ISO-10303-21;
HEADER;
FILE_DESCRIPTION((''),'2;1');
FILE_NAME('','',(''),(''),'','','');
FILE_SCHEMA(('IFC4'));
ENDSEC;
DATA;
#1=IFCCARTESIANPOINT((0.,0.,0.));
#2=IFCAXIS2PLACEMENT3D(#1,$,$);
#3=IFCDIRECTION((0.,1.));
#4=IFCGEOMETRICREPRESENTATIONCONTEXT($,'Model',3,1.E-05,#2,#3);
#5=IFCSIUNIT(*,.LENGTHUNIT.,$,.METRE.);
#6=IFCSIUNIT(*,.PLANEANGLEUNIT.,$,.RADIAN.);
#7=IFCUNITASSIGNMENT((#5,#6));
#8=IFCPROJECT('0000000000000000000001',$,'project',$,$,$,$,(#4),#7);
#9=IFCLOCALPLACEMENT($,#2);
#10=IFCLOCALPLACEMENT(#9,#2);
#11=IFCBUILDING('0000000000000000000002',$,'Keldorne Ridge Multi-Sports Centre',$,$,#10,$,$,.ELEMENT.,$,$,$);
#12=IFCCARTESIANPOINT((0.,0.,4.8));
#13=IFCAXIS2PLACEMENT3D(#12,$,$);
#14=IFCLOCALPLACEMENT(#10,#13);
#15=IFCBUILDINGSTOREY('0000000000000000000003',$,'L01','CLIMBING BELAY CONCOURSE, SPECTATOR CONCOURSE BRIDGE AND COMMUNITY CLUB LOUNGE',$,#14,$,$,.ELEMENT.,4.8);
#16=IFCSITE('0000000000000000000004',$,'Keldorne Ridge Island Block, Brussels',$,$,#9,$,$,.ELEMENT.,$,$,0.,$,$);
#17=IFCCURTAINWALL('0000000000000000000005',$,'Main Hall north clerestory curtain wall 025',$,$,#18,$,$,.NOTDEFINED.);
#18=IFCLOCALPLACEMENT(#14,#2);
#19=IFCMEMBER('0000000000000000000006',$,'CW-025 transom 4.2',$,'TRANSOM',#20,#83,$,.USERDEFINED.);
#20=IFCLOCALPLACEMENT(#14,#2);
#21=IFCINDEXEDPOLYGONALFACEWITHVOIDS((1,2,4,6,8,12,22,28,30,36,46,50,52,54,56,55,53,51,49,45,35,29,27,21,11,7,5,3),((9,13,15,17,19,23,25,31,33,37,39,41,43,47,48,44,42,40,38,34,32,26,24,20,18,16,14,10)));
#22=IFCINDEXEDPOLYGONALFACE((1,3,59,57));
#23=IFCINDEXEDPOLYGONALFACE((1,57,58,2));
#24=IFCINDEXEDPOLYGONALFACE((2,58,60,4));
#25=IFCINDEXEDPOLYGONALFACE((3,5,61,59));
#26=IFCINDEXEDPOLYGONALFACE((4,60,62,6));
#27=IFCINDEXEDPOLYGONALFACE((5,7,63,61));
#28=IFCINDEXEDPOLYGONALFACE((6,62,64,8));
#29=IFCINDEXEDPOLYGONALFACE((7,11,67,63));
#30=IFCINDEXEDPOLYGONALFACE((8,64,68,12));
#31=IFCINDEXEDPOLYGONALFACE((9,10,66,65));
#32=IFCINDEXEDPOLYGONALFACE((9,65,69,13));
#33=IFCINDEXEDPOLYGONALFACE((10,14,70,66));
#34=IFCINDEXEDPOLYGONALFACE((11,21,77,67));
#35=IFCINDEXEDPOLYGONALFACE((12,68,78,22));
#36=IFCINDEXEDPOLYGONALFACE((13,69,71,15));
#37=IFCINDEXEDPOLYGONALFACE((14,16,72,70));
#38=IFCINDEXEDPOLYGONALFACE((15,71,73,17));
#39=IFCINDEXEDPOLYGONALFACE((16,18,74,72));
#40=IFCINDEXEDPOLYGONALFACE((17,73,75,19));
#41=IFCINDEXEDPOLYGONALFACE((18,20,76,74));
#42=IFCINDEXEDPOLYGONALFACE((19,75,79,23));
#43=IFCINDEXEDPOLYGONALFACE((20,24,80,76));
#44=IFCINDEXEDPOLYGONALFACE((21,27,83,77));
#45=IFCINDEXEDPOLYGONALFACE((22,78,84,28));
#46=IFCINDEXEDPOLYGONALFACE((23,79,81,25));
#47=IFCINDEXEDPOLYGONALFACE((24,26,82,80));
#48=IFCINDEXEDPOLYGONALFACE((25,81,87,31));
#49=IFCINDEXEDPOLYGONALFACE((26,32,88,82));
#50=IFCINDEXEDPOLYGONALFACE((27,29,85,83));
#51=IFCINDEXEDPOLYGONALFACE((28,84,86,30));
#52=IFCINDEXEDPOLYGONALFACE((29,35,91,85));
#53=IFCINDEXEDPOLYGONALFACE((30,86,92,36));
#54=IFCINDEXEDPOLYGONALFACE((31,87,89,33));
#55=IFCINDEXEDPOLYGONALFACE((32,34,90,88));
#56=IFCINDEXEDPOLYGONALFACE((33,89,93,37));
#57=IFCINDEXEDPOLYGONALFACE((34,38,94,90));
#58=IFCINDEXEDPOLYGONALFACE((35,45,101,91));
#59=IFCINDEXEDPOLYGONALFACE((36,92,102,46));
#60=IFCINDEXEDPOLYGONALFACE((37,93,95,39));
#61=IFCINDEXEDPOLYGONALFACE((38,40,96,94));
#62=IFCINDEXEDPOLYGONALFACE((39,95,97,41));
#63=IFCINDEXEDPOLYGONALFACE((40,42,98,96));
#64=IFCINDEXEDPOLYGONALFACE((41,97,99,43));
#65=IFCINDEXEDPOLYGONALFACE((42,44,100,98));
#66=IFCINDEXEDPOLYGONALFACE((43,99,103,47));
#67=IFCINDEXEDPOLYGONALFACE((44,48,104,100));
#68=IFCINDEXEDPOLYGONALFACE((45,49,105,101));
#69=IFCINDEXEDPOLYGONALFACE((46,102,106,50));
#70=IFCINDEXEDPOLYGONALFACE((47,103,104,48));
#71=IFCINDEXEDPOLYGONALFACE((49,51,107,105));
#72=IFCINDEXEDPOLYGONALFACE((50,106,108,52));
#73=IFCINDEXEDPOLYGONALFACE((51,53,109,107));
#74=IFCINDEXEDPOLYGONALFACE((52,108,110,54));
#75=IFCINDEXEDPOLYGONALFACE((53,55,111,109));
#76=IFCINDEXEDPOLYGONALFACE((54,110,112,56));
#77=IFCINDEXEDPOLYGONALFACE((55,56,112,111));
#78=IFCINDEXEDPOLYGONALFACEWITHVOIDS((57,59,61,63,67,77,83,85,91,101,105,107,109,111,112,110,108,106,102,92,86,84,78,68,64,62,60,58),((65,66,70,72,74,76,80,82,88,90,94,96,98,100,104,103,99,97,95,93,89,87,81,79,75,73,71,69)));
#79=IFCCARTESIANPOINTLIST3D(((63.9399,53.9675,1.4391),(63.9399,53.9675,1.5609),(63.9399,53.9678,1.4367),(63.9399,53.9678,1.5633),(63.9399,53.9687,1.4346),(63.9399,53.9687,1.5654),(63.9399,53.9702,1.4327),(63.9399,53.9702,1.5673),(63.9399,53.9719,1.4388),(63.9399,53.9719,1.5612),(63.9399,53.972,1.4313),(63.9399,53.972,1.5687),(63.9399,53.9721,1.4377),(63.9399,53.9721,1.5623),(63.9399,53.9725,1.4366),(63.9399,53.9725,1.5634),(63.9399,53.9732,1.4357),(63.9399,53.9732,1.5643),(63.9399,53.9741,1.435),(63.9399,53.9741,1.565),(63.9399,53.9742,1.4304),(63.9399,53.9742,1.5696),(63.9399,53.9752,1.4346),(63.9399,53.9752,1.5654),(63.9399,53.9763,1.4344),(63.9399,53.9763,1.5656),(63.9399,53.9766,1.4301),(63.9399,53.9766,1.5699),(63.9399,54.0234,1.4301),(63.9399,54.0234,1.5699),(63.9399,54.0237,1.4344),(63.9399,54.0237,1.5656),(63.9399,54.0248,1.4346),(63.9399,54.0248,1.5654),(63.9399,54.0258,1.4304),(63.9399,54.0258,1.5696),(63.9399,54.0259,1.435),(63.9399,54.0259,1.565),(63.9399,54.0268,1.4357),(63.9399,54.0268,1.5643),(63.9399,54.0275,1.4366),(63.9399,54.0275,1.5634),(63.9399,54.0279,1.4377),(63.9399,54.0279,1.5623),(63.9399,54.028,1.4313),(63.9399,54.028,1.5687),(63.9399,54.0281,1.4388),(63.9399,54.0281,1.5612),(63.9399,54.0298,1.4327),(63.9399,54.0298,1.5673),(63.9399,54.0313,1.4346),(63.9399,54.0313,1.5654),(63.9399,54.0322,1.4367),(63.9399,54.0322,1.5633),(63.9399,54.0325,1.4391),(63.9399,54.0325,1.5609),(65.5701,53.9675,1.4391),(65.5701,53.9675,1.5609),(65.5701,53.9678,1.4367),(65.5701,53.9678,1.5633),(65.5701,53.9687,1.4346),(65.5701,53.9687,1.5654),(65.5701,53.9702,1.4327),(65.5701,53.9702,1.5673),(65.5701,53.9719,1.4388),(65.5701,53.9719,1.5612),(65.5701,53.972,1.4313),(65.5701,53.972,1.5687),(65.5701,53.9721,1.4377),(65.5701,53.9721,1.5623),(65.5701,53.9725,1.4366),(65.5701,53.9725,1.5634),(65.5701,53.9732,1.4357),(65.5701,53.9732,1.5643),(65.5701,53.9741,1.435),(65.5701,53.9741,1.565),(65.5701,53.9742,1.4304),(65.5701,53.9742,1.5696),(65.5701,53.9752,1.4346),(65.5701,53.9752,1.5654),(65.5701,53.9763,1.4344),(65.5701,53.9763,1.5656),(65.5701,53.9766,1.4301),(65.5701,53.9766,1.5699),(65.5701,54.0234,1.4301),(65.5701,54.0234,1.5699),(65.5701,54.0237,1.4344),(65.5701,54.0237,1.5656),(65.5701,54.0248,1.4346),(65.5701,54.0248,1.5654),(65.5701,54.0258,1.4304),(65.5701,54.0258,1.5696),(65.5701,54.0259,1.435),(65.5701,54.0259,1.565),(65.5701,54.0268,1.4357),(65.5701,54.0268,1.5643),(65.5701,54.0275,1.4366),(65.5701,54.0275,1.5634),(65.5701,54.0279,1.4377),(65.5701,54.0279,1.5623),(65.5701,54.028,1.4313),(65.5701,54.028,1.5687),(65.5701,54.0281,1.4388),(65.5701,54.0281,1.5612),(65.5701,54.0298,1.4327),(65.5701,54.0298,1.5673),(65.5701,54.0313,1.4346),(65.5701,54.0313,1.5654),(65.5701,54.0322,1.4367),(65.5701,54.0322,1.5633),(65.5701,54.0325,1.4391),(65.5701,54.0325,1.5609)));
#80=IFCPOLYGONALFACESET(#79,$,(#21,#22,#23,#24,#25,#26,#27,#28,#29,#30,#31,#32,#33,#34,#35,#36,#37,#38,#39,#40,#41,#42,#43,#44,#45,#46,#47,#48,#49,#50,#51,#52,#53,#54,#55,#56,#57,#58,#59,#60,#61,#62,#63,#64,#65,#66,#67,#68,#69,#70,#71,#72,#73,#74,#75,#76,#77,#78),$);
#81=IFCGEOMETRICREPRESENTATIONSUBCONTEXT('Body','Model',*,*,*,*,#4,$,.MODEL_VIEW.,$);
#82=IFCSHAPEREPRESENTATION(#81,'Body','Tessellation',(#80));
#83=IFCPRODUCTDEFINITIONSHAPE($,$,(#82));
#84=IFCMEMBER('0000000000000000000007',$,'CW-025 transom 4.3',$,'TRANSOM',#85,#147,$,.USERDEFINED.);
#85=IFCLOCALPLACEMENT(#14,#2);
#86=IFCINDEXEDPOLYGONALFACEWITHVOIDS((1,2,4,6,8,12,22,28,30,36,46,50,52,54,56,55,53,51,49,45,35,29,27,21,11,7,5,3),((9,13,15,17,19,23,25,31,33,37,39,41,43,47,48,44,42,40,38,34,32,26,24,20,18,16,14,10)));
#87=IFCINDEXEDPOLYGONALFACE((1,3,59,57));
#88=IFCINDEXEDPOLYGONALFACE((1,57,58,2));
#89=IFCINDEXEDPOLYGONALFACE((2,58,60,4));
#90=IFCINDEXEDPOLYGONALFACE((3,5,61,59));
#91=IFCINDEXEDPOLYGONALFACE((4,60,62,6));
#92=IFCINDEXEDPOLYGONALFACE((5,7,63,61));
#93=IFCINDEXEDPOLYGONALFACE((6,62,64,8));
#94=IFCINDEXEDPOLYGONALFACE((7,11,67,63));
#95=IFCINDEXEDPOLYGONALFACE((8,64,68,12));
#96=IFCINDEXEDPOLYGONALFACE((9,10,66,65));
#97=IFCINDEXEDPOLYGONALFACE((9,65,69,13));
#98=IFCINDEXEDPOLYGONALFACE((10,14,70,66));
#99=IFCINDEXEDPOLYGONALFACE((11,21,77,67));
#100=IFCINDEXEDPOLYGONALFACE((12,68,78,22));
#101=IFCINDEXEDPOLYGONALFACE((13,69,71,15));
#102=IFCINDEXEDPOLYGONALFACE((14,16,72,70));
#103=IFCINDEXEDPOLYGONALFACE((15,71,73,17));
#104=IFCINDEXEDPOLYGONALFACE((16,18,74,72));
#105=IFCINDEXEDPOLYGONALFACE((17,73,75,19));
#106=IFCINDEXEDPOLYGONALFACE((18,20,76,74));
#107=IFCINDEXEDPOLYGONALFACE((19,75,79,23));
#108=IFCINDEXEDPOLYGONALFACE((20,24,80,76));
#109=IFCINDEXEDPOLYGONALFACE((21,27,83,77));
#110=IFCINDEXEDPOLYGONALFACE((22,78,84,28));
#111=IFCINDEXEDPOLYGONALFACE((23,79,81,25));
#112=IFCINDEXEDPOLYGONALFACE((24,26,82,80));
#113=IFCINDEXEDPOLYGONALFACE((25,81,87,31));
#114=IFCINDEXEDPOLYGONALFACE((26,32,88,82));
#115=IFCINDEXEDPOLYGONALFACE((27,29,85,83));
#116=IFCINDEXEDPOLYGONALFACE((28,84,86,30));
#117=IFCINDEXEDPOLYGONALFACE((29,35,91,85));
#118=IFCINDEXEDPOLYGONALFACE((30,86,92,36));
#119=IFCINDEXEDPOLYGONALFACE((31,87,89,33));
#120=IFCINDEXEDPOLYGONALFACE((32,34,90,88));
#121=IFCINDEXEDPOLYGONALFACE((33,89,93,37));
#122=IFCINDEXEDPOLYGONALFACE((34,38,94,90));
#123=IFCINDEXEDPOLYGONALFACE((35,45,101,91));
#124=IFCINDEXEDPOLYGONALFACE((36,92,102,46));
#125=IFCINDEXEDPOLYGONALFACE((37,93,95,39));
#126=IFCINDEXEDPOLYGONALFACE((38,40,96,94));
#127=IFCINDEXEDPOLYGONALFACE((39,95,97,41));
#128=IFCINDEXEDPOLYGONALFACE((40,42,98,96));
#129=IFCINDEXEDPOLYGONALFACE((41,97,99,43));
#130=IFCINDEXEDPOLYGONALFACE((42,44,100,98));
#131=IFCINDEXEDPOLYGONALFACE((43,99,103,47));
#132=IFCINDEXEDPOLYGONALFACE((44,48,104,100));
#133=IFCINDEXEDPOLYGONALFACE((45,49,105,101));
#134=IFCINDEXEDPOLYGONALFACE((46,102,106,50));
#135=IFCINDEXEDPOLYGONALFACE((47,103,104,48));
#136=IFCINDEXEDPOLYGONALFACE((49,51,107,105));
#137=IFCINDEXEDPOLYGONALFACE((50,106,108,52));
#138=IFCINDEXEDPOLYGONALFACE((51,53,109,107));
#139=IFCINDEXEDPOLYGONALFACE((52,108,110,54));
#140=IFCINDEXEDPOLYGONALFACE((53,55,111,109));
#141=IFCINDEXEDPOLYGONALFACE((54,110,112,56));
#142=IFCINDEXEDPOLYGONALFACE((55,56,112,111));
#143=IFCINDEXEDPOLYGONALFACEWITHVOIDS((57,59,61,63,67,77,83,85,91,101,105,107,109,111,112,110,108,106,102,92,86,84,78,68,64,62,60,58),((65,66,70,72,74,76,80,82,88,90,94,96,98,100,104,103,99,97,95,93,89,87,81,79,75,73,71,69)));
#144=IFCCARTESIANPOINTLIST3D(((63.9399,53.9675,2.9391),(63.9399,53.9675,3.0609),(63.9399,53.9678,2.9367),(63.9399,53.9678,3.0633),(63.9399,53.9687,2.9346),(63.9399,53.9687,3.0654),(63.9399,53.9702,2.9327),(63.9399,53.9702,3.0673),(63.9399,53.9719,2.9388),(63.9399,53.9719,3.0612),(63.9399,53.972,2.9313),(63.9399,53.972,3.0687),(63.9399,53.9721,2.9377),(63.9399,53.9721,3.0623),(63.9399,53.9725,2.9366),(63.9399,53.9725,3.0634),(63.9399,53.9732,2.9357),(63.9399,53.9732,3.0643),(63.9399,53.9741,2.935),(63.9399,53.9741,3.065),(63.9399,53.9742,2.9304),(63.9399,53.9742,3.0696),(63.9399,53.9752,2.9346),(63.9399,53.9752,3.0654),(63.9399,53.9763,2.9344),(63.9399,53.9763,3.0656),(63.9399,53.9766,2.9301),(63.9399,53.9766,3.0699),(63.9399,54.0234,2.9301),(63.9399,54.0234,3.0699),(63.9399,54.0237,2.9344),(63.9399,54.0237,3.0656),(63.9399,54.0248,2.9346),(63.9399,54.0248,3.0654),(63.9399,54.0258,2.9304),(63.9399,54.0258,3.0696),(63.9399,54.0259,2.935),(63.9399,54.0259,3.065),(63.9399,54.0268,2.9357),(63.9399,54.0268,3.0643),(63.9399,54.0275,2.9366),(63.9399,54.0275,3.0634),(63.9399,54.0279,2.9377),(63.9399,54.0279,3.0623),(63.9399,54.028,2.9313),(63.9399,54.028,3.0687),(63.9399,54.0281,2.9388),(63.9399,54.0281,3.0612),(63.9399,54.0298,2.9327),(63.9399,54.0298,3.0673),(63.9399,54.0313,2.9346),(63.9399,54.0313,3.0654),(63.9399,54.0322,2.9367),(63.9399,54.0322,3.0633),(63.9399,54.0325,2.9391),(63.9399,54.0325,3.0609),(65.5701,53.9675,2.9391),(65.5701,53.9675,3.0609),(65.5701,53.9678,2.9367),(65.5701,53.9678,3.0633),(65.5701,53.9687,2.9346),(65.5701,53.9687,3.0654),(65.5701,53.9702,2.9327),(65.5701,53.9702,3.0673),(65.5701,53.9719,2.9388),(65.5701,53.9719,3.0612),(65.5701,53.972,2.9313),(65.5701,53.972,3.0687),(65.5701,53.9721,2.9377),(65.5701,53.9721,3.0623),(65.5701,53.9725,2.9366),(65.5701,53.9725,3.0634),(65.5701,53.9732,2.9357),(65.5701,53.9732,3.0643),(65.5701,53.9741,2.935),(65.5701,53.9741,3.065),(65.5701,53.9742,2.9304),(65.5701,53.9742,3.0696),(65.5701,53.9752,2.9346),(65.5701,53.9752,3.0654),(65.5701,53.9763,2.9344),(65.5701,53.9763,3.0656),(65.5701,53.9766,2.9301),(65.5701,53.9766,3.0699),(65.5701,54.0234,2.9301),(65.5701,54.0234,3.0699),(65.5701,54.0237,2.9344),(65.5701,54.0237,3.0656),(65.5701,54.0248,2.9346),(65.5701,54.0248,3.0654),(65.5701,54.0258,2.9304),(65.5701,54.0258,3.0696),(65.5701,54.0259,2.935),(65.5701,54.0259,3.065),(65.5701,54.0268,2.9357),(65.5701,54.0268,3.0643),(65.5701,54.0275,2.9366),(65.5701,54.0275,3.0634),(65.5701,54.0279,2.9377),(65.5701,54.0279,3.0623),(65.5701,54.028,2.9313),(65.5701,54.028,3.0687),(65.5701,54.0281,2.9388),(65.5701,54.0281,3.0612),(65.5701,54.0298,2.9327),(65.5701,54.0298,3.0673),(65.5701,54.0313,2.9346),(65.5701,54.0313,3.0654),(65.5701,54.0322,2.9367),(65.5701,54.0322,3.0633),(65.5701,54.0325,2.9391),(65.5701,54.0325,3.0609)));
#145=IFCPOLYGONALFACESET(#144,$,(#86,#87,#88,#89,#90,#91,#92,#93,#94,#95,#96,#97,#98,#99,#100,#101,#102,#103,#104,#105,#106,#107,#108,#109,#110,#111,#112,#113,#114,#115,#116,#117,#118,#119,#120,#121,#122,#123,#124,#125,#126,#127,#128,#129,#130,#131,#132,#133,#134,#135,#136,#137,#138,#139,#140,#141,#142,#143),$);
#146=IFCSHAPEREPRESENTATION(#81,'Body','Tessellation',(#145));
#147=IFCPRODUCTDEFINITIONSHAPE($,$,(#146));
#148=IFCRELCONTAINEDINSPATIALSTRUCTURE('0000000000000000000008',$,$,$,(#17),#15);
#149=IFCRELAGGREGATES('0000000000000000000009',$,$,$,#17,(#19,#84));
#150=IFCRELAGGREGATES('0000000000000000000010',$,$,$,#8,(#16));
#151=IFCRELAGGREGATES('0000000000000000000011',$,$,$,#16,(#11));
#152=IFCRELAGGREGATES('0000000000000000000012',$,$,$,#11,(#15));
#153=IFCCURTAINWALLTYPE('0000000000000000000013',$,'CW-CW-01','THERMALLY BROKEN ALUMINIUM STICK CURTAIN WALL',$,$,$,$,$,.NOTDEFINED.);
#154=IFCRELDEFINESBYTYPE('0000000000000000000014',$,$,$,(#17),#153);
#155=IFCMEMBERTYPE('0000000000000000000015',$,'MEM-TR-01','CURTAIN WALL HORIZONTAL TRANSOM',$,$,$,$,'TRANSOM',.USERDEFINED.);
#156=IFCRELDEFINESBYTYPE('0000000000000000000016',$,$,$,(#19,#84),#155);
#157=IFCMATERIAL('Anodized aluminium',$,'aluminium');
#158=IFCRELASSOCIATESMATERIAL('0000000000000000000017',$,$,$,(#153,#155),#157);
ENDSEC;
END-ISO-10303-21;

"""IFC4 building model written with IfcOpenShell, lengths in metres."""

from ifc_helpers import new_model, si_unit, direction, frame, origin, origin_2d, place, context, subcontext, project, spatial, hollow_rectangle, extrude, material, material_profile, profile_set, type_object, element, aggregate, save


model = new_model("IFC4")

# Units and contexts
model_context = context("Model", 3, precision=1e-05, world=origin(), true_north=direction((0.0, 1.0)))
body_context = subcontext(model_context, "Body", "Model", "MODEL_VIEW")
ifc_project = project(units=[si_unit("LENGTHUNIT", "METRE"), si_unit("PLANEANGLEUNIT", "RADIAN")], contexts=[model_context])

# Site, building, storey
site_placement = place(None, origin())
site = spatial("IfcSite", under=ifc_project, at=site_placement, Name="Keldorne Ridge Island Block, Brussels", CompositionType="ELEMENT", RefElevation=0.0)
building_placement = place(site_placement, origin())
building = spatial("IfcBuilding", under=site, at=building_placement, Name="Keldorne Ridge Multi-Sports Centre", CompositionType="ELEMENT")
storey_placement = place(building_placement, frame((0.0, 0.0, 4.8)))
storey = spatial("IfcBuildingStorey", under=building, at=storey_placement, Name="L01", Description="CLIMBING BELAY CONCOURSE, SPECTATOR CONCOURSE BRIDGE AND COMMUNITY CLUB LOUNGE", CompositionType="ELEMENT", Elevation=4.8)

# Curtain wall
ifc_material_1 = material(Name="Anodized aluminium", Category="aluminium")
curtain_wall_type_1 = type_object("IfcCurtainWallType", Name="CW-CW-01", Description="THERMALLY BROKEN ALUMINIUM STICK CURTAIN WALL", PredefinedType="NOTDEFINED", material=ifc_material_1)
curtain_wall_1_placement = place(storey_placement, origin())
curtain_wall_1 = element("IfcCurtainWall", 1, at=curtain_wall_1_placement, inside=storey, type_object=curtain_wall_type_1, Name="Main Hall north clerestory curtain wall 025", PredefinedType="NOTDEFINED")

# Members
ifc_material_profile_1 = material_profile(ifc_material_1, hollow_rectangle(XDim=0.0649, YDim=0.1399, WallThickness=0.0044, InnerFilletRadius=0.0044, OuterFilletRadius=0.009, at=origin_2d()), Name="ALU TRANSOM 140x65x4.5")
ifc_profile_set_1 = profile_set([ifc_material_profile_1], Name="Anodized aluminium")
member_type_1 = type_object("IfcMemberType", Name="MEM-TR-01", Description="CURTAIN WALL HORIZONTAL TRANSOM", ElementType="TRANSOM", PredefinedType="USERDEFINED", material=ifc_profile_set_1)
member_1_placement = place(storey_placement, frame((65.5701, 54.0, 1.5), z_axis=(-1.0, 0.0, 0.0), x_axis=(0.0, -1.0, 0.0)))
member_1 = element("IfcMember", 2, at=member_1_placement, type_object=member_type_1, Name="CW-025 transom 4.2", ObjectType="TRANSOM", PredefinedType="USERDEFINED", context=body_context, shape_type="SweptSolid", body=[
    extrude(hollow_rectangle(XDim=0.0649, YDim=0.1399, WallThickness=0.0044, InnerFilletRadius=0.0044, OuterFilletRadius=0.009, at=origin_2d()), origin(), (0.0, 0.0, 1.0), 1.6301),
])
member_2_placement = place(storey_placement, frame((65.5701, 54.0, 3.0), z_axis=(-1.0, 0.0, 0.0), x_axis=(0.0, -1.0, 0.0)))
member_2 = element("IfcMember", 3, at=member_2_placement, type_object=member_type_1, Name="CW-025 transom 4.3", ObjectType="TRANSOM", PredefinedType="USERDEFINED", context=body_context, shape_type="SweptSolid", body=[
    extrude(hollow_rectangle(XDim=0.0649, YDim=0.1399, WallThickness=0.0044, InnerFilletRadius=0.0044, OuterFilletRadius=0.009, at=origin_2d()), origin(), (0.0, 0.0, 1.0), 1.6301),
])

aggregate(curtain_wall_1, [member_1, member_2])

save(model, "model.ifc")
